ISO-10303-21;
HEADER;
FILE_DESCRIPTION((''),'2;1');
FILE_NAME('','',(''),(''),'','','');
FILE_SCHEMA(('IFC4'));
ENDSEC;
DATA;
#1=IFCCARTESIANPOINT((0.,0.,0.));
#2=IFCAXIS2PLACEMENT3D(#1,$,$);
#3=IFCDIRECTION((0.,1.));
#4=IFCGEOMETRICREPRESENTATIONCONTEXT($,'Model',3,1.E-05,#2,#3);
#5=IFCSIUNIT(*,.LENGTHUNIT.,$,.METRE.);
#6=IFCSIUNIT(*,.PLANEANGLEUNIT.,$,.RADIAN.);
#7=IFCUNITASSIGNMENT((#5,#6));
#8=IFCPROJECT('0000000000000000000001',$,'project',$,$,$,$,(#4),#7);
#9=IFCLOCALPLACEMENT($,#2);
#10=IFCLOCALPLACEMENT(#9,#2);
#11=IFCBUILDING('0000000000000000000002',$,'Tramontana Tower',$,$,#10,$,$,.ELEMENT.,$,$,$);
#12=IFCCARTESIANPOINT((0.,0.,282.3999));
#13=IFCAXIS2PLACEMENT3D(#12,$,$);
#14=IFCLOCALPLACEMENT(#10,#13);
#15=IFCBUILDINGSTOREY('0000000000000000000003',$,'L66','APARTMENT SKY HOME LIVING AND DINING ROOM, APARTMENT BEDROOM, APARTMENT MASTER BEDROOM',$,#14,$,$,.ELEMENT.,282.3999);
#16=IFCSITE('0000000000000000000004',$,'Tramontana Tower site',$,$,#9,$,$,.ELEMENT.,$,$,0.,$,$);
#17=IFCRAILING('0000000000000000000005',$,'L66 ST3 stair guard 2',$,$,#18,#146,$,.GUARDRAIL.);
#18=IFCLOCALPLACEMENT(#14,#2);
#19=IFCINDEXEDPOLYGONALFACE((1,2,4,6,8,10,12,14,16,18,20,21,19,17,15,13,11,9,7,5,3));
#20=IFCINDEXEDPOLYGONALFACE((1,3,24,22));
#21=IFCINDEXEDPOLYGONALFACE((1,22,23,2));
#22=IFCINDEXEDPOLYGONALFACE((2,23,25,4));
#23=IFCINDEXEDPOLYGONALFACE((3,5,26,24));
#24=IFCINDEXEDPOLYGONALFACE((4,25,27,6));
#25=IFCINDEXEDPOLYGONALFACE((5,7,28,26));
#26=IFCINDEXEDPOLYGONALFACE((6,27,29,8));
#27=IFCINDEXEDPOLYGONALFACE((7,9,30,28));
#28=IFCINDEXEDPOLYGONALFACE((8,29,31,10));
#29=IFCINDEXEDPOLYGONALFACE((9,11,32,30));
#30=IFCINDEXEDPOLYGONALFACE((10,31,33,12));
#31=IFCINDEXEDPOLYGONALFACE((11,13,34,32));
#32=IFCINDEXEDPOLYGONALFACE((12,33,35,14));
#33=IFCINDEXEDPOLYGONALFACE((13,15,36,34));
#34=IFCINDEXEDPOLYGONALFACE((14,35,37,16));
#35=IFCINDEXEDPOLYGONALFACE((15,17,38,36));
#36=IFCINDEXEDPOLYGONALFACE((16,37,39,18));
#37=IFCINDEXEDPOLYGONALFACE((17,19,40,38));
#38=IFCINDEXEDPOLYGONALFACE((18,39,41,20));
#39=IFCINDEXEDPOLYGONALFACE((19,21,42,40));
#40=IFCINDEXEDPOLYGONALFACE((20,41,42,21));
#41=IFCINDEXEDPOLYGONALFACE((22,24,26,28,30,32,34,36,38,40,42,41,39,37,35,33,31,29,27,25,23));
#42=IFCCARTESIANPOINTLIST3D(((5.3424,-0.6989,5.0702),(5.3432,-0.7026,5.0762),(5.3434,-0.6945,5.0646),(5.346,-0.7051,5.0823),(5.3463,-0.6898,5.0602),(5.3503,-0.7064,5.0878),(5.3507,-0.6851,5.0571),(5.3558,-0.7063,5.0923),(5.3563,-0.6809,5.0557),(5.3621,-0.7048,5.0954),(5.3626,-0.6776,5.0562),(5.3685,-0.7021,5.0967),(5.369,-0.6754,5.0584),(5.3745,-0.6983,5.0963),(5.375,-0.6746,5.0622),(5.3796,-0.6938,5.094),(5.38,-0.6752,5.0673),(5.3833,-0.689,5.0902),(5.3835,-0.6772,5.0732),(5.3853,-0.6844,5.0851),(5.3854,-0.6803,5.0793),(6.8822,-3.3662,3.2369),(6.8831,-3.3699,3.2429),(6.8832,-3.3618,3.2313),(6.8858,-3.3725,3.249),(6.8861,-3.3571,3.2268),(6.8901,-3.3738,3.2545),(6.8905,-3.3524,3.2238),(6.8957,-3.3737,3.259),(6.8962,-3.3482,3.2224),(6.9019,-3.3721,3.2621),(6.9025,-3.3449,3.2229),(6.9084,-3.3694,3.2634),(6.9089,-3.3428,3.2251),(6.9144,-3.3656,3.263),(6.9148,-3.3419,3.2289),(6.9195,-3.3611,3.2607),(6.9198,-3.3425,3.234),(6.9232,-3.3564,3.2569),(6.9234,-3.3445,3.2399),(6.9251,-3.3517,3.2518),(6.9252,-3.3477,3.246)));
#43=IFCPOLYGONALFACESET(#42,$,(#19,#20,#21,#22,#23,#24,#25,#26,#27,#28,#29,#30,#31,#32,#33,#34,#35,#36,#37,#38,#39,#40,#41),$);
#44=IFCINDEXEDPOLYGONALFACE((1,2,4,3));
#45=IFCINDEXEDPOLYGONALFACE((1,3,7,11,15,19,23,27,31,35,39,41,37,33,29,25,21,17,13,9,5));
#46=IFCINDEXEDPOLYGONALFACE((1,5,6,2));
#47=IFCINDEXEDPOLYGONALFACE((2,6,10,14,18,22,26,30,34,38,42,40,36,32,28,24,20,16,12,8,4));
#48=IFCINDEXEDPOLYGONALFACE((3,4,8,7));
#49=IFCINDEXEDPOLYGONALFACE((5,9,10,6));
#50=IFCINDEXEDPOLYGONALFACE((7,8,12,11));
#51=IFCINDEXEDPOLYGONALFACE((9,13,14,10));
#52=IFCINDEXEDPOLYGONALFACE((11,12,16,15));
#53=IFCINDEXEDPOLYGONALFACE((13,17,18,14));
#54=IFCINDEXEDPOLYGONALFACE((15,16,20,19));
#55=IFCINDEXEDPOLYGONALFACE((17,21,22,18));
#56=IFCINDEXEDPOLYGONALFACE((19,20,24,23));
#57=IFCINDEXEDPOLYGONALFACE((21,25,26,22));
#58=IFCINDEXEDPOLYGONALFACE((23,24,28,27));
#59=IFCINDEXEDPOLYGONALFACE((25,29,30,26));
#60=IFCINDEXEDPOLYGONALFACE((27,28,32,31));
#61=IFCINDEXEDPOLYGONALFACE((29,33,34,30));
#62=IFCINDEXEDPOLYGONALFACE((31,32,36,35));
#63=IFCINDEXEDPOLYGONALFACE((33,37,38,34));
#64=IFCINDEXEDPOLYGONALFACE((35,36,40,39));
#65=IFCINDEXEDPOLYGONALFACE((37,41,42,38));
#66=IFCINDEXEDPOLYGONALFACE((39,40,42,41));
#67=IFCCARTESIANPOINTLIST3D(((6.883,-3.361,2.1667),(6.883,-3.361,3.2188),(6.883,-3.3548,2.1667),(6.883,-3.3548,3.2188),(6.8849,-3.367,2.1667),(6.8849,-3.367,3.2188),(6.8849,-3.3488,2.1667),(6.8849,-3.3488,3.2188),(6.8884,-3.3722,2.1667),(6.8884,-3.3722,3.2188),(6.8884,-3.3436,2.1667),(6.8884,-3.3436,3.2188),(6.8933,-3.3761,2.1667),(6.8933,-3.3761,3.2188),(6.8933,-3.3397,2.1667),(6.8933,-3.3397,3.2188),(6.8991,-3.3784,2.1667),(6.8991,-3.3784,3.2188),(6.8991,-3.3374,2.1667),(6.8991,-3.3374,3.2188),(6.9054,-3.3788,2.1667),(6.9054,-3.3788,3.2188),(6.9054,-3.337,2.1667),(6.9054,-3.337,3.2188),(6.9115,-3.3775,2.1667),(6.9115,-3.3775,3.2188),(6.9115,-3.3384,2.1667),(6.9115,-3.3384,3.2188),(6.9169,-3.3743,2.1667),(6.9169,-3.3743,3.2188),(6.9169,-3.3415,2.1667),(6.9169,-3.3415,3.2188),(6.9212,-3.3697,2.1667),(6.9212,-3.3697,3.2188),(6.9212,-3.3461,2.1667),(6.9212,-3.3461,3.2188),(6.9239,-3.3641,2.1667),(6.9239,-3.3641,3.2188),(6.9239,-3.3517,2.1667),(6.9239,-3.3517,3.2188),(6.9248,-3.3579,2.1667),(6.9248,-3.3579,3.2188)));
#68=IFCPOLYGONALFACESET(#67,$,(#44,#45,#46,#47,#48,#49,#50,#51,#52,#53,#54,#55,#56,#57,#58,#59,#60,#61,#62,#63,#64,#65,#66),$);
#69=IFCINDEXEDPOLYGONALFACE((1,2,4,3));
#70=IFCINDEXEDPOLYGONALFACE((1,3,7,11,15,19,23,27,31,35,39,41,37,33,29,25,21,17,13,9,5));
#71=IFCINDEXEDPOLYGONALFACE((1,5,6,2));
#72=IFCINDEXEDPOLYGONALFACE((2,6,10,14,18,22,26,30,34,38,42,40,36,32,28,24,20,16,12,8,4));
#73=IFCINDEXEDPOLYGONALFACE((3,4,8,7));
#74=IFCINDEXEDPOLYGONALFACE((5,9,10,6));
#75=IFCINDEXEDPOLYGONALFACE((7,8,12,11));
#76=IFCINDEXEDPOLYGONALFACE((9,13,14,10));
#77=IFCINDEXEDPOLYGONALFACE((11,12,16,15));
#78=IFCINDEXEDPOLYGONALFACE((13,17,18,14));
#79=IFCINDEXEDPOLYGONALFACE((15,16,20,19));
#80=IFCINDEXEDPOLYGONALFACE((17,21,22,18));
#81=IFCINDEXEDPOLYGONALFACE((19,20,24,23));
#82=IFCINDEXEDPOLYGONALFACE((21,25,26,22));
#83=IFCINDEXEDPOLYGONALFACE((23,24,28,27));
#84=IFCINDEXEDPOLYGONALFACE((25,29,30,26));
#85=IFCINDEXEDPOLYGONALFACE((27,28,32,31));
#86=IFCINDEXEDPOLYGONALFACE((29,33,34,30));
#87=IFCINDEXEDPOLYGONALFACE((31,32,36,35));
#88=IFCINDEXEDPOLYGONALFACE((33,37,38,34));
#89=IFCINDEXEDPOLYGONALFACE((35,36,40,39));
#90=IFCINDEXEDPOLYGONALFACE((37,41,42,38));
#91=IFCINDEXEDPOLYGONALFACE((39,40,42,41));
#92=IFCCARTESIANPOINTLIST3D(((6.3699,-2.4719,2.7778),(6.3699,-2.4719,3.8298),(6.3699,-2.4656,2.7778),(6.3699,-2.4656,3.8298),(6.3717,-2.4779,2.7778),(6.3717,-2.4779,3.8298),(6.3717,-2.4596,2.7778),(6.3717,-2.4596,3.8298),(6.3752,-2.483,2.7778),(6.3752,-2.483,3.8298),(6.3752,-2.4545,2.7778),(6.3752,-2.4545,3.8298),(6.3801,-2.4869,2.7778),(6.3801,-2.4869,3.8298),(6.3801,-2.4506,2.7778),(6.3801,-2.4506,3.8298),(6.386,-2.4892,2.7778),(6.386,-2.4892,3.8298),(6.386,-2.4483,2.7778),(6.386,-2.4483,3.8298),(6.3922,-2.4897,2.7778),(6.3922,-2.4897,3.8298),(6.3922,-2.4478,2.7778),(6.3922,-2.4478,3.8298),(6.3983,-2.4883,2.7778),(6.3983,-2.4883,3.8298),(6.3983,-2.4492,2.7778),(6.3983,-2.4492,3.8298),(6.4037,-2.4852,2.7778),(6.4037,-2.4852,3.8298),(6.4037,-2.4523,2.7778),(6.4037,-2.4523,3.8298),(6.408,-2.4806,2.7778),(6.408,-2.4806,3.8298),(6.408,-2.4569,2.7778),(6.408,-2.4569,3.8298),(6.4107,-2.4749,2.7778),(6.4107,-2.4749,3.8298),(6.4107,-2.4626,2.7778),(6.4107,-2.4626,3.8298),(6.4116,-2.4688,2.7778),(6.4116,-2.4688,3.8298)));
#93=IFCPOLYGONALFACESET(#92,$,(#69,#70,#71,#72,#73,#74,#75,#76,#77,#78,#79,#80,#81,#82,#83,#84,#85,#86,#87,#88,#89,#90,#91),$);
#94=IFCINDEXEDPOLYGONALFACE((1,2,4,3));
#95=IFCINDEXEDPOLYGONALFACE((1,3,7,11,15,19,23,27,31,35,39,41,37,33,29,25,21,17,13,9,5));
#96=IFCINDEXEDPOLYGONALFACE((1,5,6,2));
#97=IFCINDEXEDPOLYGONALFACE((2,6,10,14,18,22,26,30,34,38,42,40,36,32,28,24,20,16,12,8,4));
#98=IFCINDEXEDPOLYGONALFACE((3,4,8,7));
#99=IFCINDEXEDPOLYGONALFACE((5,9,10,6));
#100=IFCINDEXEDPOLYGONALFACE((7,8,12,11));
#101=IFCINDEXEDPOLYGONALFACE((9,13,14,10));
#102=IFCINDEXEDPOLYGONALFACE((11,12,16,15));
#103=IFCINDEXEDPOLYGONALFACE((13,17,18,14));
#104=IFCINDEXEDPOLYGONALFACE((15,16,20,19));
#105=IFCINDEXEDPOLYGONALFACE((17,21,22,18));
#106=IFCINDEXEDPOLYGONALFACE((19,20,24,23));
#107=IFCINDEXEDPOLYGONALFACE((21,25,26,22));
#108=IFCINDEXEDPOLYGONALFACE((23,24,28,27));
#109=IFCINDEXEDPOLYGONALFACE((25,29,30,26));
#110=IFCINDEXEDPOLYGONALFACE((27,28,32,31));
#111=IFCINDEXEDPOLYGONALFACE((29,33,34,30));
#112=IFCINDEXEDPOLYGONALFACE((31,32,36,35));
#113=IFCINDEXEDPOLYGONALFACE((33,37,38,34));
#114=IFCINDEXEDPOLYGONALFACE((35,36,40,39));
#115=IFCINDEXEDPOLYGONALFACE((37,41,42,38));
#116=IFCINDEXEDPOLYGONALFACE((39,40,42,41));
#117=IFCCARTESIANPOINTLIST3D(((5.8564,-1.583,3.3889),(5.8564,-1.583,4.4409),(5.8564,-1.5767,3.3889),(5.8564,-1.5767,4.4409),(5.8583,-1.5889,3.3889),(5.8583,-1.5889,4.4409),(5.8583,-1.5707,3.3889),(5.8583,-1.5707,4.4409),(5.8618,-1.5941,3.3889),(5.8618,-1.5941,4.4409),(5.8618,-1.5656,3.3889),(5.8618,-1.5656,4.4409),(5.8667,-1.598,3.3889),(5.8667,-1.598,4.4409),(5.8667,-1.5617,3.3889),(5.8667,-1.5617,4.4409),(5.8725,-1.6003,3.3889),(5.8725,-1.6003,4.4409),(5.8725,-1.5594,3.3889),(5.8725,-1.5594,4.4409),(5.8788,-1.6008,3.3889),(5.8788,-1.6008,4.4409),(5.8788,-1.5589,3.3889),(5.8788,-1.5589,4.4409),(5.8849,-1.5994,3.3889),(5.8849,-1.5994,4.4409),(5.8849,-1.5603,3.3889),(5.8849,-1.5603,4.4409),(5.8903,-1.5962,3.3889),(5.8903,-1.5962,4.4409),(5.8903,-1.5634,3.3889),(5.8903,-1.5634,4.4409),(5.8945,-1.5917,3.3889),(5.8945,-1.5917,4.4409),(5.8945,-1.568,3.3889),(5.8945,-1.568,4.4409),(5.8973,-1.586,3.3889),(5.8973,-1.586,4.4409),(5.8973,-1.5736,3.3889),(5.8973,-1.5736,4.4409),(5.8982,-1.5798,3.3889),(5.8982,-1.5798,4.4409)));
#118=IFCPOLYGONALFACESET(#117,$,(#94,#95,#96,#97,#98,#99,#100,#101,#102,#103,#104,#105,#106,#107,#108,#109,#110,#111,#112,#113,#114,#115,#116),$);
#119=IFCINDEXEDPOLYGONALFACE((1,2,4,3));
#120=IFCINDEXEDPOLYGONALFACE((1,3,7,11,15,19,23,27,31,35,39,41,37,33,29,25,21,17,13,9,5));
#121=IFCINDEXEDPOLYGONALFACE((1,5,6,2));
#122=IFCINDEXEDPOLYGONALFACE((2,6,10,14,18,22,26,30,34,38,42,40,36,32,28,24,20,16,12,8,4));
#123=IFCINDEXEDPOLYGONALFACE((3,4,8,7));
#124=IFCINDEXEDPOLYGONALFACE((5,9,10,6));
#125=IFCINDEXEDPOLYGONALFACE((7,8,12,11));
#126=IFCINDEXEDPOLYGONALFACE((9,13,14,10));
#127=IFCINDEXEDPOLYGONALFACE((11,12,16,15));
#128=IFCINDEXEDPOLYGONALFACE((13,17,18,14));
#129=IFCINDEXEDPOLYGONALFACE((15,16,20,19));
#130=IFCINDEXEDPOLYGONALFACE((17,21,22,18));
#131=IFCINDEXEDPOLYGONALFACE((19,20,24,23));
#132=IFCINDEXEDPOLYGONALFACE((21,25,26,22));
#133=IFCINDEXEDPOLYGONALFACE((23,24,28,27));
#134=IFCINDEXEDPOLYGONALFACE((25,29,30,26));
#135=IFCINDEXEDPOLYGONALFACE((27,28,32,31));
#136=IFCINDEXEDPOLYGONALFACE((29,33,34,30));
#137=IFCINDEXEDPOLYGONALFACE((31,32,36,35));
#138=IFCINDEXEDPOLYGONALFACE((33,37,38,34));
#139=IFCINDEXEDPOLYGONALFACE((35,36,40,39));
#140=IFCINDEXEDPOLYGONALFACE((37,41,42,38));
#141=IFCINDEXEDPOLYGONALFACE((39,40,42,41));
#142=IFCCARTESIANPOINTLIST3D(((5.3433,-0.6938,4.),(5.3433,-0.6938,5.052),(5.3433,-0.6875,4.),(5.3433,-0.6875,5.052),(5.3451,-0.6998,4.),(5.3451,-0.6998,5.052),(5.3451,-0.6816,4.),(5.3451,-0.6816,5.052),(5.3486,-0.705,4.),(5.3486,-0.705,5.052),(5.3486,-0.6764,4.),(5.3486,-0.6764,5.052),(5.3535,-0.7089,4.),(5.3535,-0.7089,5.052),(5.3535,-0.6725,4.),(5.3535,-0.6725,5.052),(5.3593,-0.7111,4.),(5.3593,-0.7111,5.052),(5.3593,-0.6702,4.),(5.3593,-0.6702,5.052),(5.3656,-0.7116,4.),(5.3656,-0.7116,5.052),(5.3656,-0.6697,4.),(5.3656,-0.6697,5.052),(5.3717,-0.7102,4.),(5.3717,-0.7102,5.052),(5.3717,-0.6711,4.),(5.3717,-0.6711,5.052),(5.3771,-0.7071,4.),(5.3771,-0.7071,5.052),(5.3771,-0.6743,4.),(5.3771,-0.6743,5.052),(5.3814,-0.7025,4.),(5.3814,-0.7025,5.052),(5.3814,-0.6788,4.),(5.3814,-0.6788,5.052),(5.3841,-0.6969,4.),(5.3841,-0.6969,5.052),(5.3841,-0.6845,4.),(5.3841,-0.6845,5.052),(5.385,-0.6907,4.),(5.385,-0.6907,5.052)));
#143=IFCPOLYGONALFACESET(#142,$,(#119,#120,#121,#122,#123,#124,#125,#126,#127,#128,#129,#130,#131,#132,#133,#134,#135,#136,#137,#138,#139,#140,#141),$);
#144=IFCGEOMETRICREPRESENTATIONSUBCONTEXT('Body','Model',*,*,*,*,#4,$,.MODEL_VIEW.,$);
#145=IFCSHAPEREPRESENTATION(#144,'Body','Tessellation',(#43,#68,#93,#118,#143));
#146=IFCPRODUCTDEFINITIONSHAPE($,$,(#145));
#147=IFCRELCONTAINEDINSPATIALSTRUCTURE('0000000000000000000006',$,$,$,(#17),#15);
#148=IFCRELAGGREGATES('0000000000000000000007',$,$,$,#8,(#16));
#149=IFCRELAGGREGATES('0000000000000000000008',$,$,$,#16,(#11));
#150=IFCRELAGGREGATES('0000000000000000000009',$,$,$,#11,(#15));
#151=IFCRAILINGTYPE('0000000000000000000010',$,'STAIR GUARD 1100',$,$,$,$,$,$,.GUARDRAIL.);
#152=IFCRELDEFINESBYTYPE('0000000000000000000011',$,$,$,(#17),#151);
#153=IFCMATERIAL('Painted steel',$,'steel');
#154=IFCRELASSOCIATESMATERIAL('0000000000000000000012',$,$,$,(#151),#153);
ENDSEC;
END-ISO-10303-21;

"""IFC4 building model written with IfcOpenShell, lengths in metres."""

from ifc_helpers import new_model, si_unit, direction, frame, origin, origin_2d, place, context, subcontext, project, spatial, circle, extrude, material, type_object, element, save


model = new_model("IFC4")

# Units and contexts
model_context = context("Model", 3, precision=1e-05, world=origin(), true_north=direction((0.0, 1.0)))
body_context = subcontext(model_context, "Body", "Model", "MODEL_VIEW")
ifc_project = project(units=[si_unit("LENGTHUNIT", "METRE"), si_unit("PLANEANGLEUNIT", "RADIAN")], contexts=[model_context])

# Site, building, storey
site_placement = place(None, origin())
site = spatial("IfcSite", under=ifc_project, at=site_placement, Name="Tramontana Tower site", CompositionType="ELEMENT", RefElevation=0.0)
building_placement = place(site_placement, origin())
building = spatial("IfcBuilding", under=site, at=building_placement, Name="Tramontana Tower", CompositionType="ELEMENT")
storey_placement = place(building_placement, frame((0.0, 0.0, 282.3999)))
storey = spatial("IfcBuildingStorey", under=building, at=storey_placement, Name="L66", Description="APARTMENT SKY HOME LIVING AND DINING ROOM, APARTMENT BEDROOM, APARTMENT MASTER BEDROOM", CompositionType="ELEMENT", Elevation=282.3999)

# Railing
ifc_material_1 = material(Name="Painted steel", Category="steel")
railing_type_1 = type_object("IfcRailingType", Name="STAIR GUARD 1100", PredefinedType="GUARDRAIL", material=ifc_material_1)
railing_1_placement = place(storey_placement, frame((6.9038, -3.3579, 2.1667)))
element("IfcRailing", 1, at=railing_1_placement, inside=storey, type_object=railing_type_1, Name="L66 ST3 stair guard 2", PredefinedType="GUARDRAIL", context=body_context, shape_type="SweptSolid", body=[
    extrude(circle(Radius=0.0239, at=origin_2d()), frame((0.0, 0.0, 1.0762), z_axis=(-0.429616, 0.744181, 0.511493), x_axis=(-0.866044, -0.499967, 0.0)), (0.0, 0.0, 1.0), 3.5842),
    extrude(circle(Radius=0.021, at=origin_2d()), origin(), (0.0, 0.0, 1.0), 1.052),
    extrude(circle(Radius=0.021, at=origin_2d()), frame((-0.5132, 0.8892, 0.6111)), (0.0, 0.0, 1.0), 1.052),
    extrude(circle(Radius=0.021, at=origin_2d()), frame((-1.0266, 1.7781, 1.2222)), (0.0, 0.0, 1.0), 1.052),
    extrude(circle(Radius=0.021, at=origin_2d()), frame((-1.5398, 2.6672, 1.8333)), (0.0, 0.0, 1.0), 1.052),
])

save(model, "model.ifc")
